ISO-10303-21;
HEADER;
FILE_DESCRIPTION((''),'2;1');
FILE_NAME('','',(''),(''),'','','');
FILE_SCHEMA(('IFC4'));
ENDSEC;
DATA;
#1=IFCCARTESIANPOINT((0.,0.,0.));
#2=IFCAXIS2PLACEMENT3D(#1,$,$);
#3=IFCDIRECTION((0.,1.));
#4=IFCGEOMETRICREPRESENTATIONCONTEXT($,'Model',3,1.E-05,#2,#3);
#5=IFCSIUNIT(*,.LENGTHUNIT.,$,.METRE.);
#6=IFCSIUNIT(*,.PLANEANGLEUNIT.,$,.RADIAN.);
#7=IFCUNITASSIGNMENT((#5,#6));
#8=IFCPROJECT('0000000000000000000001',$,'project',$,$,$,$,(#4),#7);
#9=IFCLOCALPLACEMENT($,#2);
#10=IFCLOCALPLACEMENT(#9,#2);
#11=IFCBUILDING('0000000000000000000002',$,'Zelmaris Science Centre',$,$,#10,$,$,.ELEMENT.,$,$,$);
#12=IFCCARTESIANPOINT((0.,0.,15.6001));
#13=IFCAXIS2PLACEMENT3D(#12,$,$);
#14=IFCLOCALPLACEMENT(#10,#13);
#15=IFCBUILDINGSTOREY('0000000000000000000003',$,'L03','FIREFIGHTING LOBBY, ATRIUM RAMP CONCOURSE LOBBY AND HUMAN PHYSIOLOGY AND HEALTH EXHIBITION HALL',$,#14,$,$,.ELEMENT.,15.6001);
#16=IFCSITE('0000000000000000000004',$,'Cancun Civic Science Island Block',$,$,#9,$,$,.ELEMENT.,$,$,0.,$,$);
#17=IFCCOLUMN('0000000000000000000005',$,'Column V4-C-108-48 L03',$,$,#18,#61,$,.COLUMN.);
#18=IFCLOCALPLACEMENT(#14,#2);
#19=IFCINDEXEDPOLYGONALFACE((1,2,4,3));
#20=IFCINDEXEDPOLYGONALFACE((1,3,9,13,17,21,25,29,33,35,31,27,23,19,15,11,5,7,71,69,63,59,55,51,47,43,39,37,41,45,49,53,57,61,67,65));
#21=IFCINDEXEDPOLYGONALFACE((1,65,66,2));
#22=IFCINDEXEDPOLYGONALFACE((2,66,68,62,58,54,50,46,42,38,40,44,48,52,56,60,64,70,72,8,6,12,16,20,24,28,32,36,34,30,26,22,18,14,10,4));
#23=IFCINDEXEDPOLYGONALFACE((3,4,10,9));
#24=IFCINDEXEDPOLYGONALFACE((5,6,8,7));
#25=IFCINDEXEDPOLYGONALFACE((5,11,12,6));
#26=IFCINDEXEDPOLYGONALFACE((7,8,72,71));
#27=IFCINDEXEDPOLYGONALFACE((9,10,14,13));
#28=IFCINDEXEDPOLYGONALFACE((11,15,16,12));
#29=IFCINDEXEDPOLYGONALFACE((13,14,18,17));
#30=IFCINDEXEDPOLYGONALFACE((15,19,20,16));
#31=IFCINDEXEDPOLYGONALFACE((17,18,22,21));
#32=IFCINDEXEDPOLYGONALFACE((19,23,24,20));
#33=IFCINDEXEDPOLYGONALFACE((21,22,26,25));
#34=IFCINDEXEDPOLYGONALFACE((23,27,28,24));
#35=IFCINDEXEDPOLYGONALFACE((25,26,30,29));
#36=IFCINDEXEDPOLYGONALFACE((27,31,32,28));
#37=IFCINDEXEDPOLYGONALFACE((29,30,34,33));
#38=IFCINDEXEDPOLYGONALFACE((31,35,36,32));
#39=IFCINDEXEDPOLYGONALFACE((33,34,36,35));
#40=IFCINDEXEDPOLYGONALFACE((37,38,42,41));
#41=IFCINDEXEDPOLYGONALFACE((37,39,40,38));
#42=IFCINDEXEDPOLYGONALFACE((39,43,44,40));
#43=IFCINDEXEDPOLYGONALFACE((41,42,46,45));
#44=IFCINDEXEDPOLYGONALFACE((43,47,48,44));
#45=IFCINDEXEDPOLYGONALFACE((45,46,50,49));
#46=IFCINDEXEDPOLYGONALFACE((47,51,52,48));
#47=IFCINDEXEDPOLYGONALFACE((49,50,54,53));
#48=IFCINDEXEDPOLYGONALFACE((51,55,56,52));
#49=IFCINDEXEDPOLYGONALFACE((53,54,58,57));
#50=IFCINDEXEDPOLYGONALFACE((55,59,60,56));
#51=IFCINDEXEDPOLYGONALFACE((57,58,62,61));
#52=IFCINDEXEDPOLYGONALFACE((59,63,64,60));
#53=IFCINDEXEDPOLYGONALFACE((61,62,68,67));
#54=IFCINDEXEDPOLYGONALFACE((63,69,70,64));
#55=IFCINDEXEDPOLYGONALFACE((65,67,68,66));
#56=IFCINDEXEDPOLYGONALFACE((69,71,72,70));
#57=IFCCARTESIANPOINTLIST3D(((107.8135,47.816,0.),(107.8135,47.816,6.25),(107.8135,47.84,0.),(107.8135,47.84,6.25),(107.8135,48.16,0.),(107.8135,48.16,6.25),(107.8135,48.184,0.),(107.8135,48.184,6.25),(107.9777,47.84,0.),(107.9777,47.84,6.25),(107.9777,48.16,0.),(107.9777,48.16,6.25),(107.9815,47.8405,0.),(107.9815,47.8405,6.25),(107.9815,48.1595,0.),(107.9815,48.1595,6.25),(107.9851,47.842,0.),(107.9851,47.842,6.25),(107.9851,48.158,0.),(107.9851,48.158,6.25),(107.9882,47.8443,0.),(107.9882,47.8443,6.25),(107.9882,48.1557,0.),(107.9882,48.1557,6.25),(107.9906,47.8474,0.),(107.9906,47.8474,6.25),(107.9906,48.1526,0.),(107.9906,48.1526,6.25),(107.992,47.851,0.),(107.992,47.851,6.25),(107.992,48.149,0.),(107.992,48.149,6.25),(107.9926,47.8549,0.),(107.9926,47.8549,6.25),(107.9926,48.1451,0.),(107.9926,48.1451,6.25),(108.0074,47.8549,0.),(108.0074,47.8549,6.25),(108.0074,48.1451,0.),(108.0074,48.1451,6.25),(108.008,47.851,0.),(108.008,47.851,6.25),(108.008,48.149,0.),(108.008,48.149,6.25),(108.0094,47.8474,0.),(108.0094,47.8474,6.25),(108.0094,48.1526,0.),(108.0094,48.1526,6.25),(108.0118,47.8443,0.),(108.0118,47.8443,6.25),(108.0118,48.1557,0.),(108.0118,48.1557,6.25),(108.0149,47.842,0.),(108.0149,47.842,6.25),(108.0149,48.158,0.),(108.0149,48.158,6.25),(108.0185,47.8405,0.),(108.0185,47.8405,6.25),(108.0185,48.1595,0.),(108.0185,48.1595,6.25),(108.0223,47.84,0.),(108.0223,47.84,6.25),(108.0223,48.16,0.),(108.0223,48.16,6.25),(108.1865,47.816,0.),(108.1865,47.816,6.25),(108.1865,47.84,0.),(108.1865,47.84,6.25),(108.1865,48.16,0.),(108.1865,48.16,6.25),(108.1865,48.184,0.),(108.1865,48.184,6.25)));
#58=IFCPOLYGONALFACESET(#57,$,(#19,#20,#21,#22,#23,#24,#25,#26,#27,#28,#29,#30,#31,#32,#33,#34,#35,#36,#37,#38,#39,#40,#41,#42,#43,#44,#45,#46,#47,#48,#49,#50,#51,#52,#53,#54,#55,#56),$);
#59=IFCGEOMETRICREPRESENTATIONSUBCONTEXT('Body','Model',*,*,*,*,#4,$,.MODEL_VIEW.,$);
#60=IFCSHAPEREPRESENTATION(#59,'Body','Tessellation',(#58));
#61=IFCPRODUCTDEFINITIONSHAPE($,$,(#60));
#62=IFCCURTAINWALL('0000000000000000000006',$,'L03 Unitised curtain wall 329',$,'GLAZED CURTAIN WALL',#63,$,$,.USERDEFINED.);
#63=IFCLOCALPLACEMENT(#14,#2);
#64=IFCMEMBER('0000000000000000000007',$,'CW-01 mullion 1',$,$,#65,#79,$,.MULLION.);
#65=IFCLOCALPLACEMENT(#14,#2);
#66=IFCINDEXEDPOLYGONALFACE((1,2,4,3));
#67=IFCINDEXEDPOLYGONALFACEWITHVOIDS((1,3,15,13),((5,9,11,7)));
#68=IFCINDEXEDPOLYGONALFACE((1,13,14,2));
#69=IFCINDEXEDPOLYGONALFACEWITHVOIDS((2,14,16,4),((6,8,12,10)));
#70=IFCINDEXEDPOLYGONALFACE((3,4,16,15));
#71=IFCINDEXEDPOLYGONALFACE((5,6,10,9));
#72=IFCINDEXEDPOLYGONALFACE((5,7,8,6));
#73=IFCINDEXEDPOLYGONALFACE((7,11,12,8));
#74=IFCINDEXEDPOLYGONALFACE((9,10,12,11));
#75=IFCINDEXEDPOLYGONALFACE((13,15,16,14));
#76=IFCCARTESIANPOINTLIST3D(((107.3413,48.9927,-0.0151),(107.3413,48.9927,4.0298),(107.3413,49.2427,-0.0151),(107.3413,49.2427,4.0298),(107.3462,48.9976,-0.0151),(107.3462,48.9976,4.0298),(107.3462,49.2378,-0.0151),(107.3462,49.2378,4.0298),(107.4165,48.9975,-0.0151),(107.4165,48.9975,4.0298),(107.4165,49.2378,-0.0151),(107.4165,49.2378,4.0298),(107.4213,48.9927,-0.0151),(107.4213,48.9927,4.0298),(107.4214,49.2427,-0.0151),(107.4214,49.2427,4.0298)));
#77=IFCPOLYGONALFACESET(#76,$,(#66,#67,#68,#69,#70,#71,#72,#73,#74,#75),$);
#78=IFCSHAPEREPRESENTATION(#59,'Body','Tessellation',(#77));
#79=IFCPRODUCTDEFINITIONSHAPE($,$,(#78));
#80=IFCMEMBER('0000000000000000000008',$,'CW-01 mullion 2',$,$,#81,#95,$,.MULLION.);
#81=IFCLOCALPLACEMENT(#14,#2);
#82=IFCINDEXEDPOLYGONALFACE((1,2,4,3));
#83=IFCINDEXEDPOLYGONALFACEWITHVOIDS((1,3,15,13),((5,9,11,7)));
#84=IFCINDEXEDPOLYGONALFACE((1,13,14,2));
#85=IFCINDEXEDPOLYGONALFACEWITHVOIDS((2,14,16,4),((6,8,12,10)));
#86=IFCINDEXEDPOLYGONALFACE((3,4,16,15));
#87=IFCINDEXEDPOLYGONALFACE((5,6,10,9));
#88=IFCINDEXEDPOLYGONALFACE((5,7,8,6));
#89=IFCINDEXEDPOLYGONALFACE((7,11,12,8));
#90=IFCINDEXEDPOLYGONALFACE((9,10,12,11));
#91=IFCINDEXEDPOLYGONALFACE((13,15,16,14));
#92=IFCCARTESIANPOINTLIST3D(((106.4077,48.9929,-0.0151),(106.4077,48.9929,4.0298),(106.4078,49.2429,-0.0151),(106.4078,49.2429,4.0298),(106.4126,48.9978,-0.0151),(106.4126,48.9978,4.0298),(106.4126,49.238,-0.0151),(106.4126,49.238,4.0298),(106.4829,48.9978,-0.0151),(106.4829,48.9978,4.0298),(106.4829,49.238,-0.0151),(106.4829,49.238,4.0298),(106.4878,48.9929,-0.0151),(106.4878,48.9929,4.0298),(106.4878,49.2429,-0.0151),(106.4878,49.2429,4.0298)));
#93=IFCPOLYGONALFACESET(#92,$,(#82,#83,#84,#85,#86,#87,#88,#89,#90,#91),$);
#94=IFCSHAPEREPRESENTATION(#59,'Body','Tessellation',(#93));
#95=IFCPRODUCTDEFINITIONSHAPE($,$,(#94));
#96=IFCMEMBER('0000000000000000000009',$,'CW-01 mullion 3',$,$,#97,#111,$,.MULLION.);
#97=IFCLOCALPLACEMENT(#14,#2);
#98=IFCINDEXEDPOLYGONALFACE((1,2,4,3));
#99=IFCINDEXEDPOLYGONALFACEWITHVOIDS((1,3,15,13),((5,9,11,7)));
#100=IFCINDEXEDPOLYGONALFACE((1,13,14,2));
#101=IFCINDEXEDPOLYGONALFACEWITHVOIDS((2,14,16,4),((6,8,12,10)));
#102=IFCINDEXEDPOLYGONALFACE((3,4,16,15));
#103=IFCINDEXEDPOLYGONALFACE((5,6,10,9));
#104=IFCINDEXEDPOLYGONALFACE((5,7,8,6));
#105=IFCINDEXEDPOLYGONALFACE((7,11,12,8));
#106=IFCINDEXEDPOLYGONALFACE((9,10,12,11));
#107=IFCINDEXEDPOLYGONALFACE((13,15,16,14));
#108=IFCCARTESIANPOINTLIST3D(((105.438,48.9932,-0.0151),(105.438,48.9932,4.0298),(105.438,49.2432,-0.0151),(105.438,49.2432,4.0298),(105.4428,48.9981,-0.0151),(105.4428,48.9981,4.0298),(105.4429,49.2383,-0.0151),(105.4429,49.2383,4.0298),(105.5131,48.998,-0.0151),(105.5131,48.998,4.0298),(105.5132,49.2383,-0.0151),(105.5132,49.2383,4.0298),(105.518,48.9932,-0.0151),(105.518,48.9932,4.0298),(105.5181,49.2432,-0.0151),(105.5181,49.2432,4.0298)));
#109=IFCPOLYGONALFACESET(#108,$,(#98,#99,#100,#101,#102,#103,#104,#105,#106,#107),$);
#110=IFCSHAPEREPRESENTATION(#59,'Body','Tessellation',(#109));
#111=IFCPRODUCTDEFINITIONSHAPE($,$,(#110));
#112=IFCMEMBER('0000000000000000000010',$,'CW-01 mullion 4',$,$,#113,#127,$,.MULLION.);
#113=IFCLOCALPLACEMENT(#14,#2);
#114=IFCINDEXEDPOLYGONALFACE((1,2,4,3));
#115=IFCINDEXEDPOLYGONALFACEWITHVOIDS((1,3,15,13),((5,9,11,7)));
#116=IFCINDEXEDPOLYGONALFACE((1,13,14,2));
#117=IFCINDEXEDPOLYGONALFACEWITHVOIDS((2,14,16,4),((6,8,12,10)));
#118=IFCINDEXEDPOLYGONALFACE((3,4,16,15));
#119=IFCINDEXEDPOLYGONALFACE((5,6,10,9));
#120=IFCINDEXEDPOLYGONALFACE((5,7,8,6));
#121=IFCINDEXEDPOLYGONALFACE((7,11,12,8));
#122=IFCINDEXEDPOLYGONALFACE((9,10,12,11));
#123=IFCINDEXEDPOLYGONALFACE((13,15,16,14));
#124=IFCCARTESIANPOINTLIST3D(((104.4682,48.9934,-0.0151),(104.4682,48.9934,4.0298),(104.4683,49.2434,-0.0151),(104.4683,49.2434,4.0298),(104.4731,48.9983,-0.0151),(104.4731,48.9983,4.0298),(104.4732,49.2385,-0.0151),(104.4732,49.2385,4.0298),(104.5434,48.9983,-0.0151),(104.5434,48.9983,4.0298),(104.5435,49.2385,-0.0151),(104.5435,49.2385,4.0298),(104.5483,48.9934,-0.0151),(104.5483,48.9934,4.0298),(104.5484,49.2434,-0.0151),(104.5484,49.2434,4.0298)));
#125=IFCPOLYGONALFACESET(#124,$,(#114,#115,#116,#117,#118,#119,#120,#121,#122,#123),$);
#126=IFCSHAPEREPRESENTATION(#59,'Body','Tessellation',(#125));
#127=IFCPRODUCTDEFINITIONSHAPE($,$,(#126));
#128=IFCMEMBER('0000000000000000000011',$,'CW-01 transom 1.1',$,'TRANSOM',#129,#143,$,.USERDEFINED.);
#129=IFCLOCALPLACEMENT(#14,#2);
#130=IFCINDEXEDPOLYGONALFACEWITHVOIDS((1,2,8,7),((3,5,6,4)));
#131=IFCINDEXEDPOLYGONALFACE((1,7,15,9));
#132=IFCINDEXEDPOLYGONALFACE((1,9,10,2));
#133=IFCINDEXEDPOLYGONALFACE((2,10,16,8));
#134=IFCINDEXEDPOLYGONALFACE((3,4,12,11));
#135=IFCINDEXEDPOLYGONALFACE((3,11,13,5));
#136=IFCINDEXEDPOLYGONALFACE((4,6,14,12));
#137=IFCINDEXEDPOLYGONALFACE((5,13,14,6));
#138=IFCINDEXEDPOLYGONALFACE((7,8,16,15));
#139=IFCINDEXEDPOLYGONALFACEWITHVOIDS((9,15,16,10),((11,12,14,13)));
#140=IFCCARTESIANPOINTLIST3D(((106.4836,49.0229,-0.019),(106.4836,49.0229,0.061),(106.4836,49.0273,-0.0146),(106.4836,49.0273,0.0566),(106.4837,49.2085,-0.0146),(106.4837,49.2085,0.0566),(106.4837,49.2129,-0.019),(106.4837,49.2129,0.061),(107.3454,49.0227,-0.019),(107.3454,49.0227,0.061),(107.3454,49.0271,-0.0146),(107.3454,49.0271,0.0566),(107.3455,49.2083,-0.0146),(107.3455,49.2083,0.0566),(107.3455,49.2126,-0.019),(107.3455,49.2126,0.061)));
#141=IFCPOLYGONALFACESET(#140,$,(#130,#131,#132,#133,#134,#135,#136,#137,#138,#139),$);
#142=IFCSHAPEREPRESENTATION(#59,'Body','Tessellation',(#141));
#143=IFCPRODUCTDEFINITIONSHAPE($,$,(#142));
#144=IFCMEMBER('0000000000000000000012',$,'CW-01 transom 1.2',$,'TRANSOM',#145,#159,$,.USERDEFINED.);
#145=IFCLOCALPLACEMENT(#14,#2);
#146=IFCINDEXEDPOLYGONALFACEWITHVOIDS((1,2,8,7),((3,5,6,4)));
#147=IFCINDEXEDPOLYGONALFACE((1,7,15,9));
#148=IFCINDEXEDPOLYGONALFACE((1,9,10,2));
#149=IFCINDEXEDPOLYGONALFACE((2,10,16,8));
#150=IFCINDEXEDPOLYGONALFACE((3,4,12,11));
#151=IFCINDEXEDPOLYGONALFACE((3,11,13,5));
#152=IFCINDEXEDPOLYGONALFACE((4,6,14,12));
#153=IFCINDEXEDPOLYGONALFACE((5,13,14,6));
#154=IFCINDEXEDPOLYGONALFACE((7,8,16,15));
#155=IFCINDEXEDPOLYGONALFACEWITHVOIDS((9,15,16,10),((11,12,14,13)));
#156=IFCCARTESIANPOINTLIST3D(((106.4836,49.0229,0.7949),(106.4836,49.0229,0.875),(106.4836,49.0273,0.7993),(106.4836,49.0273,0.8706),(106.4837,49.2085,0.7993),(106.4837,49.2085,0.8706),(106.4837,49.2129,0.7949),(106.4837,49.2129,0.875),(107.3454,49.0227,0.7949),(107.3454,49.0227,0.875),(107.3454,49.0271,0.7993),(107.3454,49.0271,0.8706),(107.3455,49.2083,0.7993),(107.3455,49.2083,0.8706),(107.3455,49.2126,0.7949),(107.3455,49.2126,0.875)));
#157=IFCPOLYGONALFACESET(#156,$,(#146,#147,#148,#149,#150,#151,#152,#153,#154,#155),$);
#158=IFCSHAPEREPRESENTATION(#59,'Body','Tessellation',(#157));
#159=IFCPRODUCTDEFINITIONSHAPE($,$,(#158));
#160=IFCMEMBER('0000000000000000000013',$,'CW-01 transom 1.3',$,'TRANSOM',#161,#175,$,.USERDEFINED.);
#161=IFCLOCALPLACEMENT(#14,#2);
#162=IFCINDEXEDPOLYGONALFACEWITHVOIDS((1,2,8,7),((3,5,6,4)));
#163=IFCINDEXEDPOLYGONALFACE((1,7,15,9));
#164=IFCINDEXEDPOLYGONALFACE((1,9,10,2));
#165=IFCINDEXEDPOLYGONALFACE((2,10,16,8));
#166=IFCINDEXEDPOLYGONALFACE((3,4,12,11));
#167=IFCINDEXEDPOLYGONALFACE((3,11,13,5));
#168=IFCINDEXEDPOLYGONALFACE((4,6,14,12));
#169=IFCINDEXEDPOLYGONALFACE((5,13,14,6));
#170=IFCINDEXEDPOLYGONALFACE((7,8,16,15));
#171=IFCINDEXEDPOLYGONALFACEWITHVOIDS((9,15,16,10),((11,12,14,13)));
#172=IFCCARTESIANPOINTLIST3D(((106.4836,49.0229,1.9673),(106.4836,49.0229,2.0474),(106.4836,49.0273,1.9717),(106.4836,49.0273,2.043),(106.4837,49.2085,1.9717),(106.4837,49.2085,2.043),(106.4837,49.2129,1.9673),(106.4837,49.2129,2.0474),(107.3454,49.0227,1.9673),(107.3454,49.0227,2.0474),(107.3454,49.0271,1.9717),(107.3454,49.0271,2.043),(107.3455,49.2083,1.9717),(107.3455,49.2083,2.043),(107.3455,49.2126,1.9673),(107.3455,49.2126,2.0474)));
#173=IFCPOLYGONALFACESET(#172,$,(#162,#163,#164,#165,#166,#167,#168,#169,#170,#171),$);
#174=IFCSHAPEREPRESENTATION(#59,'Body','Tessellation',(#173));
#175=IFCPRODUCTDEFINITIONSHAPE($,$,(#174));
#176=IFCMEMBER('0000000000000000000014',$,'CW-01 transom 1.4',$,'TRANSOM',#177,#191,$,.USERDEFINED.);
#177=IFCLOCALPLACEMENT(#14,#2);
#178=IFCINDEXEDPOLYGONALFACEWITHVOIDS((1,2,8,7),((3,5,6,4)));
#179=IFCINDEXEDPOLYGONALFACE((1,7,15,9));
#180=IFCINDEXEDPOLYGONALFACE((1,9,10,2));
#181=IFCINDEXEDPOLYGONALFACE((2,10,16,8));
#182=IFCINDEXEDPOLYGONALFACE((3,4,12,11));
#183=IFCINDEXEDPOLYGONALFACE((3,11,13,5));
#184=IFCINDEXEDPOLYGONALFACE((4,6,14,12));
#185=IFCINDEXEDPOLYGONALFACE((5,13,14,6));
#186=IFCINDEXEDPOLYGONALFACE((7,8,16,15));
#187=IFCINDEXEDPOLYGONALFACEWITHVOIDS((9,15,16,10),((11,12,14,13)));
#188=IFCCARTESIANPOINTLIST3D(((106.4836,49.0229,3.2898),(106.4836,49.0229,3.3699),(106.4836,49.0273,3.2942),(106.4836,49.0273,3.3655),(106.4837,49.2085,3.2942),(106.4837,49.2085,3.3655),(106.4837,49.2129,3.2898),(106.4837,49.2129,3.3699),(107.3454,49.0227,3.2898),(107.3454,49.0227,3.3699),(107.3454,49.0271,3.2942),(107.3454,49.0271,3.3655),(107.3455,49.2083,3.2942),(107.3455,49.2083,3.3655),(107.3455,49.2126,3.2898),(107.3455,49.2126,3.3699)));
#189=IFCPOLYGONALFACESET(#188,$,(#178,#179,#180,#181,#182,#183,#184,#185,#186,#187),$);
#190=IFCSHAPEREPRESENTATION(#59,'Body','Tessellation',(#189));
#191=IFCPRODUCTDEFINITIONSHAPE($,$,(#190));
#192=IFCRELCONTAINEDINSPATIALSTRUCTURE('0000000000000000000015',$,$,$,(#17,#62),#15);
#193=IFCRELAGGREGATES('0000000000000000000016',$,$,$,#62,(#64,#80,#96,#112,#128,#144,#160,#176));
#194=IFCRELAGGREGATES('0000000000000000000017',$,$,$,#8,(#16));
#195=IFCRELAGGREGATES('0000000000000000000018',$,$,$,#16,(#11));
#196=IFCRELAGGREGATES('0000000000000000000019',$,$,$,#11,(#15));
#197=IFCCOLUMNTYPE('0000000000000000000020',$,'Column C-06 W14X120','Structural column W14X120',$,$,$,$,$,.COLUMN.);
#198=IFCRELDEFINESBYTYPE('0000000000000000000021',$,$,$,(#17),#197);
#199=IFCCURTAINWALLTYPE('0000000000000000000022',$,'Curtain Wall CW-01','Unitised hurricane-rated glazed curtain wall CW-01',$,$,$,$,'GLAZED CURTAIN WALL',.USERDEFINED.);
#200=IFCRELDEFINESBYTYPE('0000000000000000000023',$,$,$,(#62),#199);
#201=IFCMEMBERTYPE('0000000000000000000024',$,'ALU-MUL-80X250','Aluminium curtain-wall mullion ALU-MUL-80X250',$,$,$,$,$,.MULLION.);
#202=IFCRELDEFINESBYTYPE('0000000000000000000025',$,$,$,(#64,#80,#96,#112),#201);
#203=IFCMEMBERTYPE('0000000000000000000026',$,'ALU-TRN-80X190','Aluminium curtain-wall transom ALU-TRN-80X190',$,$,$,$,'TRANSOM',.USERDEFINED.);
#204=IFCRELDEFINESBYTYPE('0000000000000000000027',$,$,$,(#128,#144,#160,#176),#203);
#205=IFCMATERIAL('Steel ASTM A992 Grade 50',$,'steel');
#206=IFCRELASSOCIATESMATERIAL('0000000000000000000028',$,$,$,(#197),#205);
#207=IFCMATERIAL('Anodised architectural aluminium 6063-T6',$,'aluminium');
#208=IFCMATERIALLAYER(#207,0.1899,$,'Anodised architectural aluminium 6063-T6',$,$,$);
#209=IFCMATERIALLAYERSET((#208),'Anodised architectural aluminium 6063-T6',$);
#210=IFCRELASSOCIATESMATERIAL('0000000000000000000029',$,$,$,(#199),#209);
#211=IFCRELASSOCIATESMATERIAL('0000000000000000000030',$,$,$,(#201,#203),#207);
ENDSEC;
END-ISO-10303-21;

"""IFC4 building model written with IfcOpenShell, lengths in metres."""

from ifc_helpers import new_model, si_unit, direction, frame, origin, origin_2d, place, context, subcontext, project, spatial, hollow_rectangle, i_section, extrude, material, layer, layer_set, material_profile, profile_set, type_object, element, aggregate, save


model = new_model("IFC4")

# Units and contexts
model_context = context("Model", 3, precision=1e-05, world=origin(), true_north=direction((0.0, 1.0)))
body_context = subcontext(model_context, "Body", "Model", "MODEL_VIEW")
ifc_project = project(units=[si_unit("LENGTHUNIT", "METRE"), si_unit("PLANEANGLEUNIT", "RADIAN")], contexts=[model_context])

# Site, building, storey
site_placement = place(None, origin())
site = spatial("IfcSite", under=ifc_project, at=site_placement, Name="Cancun Civic Science Island Block", CompositionType="ELEMENT", RefElevation=0.0)
building_placement = place(site_placement, origin())
building = spatial("IfcBuilding", under=site, at=building_placement, Name="Zelmaris Science Centre", CompositionType="ELEMENT")
storey_placement = place(building_placement, frame((0.0, 0.0, 15.6001)))
storey = spatial("IfcBuildingStorey", under=building, at=storey_placement, Name="L03", Description="FIREFIGHTING LOBBY, ATRIUM RAMP CONCOURSE LOBBY AND HUMAN PHYSIOLOGY AND HEALTH EXHIBITION HALL", CompositionType="ELEMENT", Elevation=15.6001)

# Column
ifc_material_1 = material(Name="Steel ASTM A992 Grade 50", Category="steel")
ifc_material_profile_1 = material_profile(ifc_material_1, i_section(OverallWidth=0.373, OverallDepth=0.3679, WebThickness=0.0149, FlangeThickness=0.0239, FilletRadius=0.0149, at=origin_2d()), Name="W14X120")
ifc_profile_set_1 = profile_set([ifc_material_profile_1], Name="Steel ASTM A992 Grade 50")
column_type = type_object("IfcColumnType", Name="Column C-06 W14X120", Description="Structural column W14X120", PredefinedType="COLUMN", material=ifc_profile_set_1)
column_placement = place(storey_placement, frame((108.0, 48.0, 0.0), z_axis=(0.0, 0.0, 1.0), x_axis=(1.0, 0.0, 0.0)))
element("IfcColumn", 1, at=column_placement, inside=storey, type_object=column_type, Name="Column V4-C-108-48 L03", PredefinedType="COLUMN", context=body_context, shape_type="SweptSolid", body=[
    extrude(i_section(OverallWidth=0.373, OverallDepth=0.3679, WebThickness=0.0149, FlangeThickness=0.0239, FilletRadius=0.0149, at=origin_2d()), origin(), (0.0, 0.0, 1.0), 6.25),
])

# Curtain wall, members
ifc_material_2 = material(Name="Anodised architectural aluminium 6063-T6", Category="aluminium")
ifc_layer_1 = layer(ifc_material_2, 0.1899, Name="Anodised architectural aluminium 6063-T6")
ifc_layer_set_1 = layer_set([ifc_layer_1], Name="Anodised architectural aluminium 6063-T6")
curtain_wall_type = type_object("IfcCurtainWallType", Name="Curtain Wall CW-01", Description="Unitised hurricane-rated glazed curtain wall CW-01", ElementType="GLAZED CURTAIN WALL", PredefinedType="USERDEFINED", material=ifc_layer_set_1)
curtain_wall_placement = place(storey_placement, origin())
curtain_wall = element("IfcCurtainWall", 2, at=curtain_wall_placement, inside=storey, type_object=curtain_wall_type, Name="L03 Unitised curtain wall 329", ObjectType="GLAZED CURTAIN WALL", PredefinedType="USERDEFINED")
ifc_material_profile_2 = material_profile(ifc_material_2, hollow_rectangle(XDim=0.0801, YDim=0.25, WallThickness=0.0049, at=origin_2d()), Name="ALU-MUL-80X250")
ifc_profile_set_2 = profile_set([ifc_material_profile_2], Name="Anodised architectural aluminium 6063-T6")
member_type_1 = type_object("IfcMemberType", Name="ALU-MUL-80X250", Description="Aluminium curtain-wall mullion ALU-MUL-80X250", PredefinedType="MULLION", material=ifc_profile_set_2)
member_1_placement = place(storey_placement, frame((107.3813, 49.1177, -0.0151), z_axis=(0.0, 0.0, 1.0), x_axis=(-1.0, 0.000297, 0.0)))
member_1 = element("IfcMember", 3, at=member_1_placement, type_object=member_type_1, Name="CW-01 mullion 1", PredefinedType="MULLION", context=body_context, shape_type="SweptSolid", body=[
    extrude(hollow_rectangle(XDim=0.0801, YDim=0.25, WallThickness=0.0049, at=origin_2d()), origin(), (0.0, 0.0, 1.0), 4.0449),
])
member_2_placement = place(storey_placement, frame((106.4478, 49.1179, -0.0151), z_axis=(0.0, 0.0, 1.0), x_axis=(-1.0, 0.000297, 0.0)))
member_2 = element("IfcMember", 4, at=member_2_placement, type_object=member_type_1, Name="CW-01 mullion 2", PredefinedType="MULLION", context=body_context, shape_type="SweptSolid", body=[
    extrude(hollow_rectangle(XDim=0.0801, YDim=0.25, WallThickness=0.0049, at=origin_2d()), origin(), (0.0, 0.0, 1.0), 4.0449),
])
member_3_placement = place(storey_placement, frame((105.478, 49.1182, -0.0151), z_axis=(0.0, 0.0, 1.0), x_axis=(-1.0, 0.000297, 0.0)))
member_3 = element("IfcMember", 5, at=member_3_placement, type_object=member_type_1, Name="CW-01 mullion 3", PredefinedType="MULLION", context=body_context, shape_type="SweptSolid", body=[
    extrude(hollow_rectangle(XDim=0.0801, YDim=0.25, WallThickness=0.0049, at=origin_2d()), origin(), (0.0, 0.0, 1.0), 4.0449),
])
member_4_placement = place(storey_placement, frame((104.5083, 49.1184, -0.0151), z_axis=(0.0, 0.0, 1.0), x_axis=(-1.0, 0.000297, 0.0)))
member_4 = element("IfcMember", 6, at=member_4_placement, type_object=member_type_1, Name="CW-01 mullion 4", PredefinedType="MULLION", context=body_context, shape_type="SweptSolid", body=[
    extrude(hollow_rectangle(XDim=0.0801, YDim=0.25, WallThickness=0.0049, at=origin_2d()), origin(), (0.0, 0.0, 1.0), 4.0449),
])
ifc_material_profile_3 = material_profile(ifc_material_2, hollow_rectangle(XDim=0.0801, YDim=0.1899, WallThickness=0.0044, at=origin_2d()), Name="ALU-TRN-80X190")
ifc_profile_set_3 = profile_set([ifc_material_profile_3], Name="Anodised architectural aluminium 6063-T6")
member_type_2 = type_object("IfcMemberType", Name="ALU-TRN-80X190", Description="Aluminium curtain-wall transom ALU-TRN-80X190", ElementType="TRANSOM", PredefinedType="USERDEFINED", material=ifc_profile_set_3)
member_5_placement = place(storey_placement, frame((107.3455, 49.1177, 0.021), z_axis=(-1.0, 0.000283, 0.0), x_axis=(0.0, 0.0, 1.0)))
member_5 = element("IfcMember", 7, at=member_5_placement, type_object=member_type_2, Name="CW-01 transom 1.1", ObjectType="TRANSOM", PredefinedType="USERDEFINED", context=body_context, shape_type="SweptSolid", body=[
    extrude(hollow_rectangle(XDim=0.0801, YDim=0.1899, WallThickness=0.0044, at=origin_2d()), origin(), (0.0, 0.0, 1.0), 0.8618),
])
member_6_placement = place(storey_placement, frame((107.3455, 49.1177, 0.835), z_axis=(-1.0, 0.000283, 0.0), x_axis=(0.0, 0.0, 1.0)))
member_6 = element("IfcMember", 8, at=member_6_placement, type_object=member_type_2, Name="CW-01 transom 1.2", ObjectType="TRANSOM", PredefinedType="USERDEFINED", context=body_context, shape_type="SweptSolid", body=[
    extrude(hollow_rectangle(XDim=0.0801, YDim=0.1899, WallThickness=0.0044, at=origin_2d()), origin(), (0.0, 0.0, 1.0), 0.8618),
])
member_7_placement = place(storey_placement, frame((107.3455, 49.1177, 2.0073), z_axis=(-1.0, 0.000283, 0.0), x_axis=(0.0, 0.0, 1.0)))
member_7 = element("IfcMember", 9, at=member_7_placement, type_object=member_type_2, Name="CW-01 transom 1.3", ObjectType="TRANSOM", PredefinedType="USERDEFINED", context=body_context, shape_type="SweptSolid", body=[
    extrude(hollow_rectangle(XDim=0.0801, YDim=0.1899, WallThickness=0.0044, at=origin_2d()), origin(), (0.0, 0.0, 1.0), 0.8618),
])
member_8_placement = place(storey_placement, frame((107.3455, 49.1177, 3.3298), z_axis=(-1.0, 0.000283, 0.0), x_axis=(0.0, 0.0, 1.0)))
member_8 = element("IfcMember", 10, at=member_8_placement, type_object=member_type_2, Name="CW-01 transom 1.4", ObjectType="TRANSOM", PredefinedType="USERDEFINED", context=body_context, shape_type="SweptSolid", body=[
    extrude(hollow_rectangle(XDim=0.0801, YDim=0.1899, WallThickness=0.0044, at=origin_2d()), origin(), (0.0, 0.0, 1.0), 0.8618),
])

aggregate(curtain_wall, [member_1, member_2, member_3, member_4, member_5, member_6, member_7, member_8])

save(model, "model.ifc")
